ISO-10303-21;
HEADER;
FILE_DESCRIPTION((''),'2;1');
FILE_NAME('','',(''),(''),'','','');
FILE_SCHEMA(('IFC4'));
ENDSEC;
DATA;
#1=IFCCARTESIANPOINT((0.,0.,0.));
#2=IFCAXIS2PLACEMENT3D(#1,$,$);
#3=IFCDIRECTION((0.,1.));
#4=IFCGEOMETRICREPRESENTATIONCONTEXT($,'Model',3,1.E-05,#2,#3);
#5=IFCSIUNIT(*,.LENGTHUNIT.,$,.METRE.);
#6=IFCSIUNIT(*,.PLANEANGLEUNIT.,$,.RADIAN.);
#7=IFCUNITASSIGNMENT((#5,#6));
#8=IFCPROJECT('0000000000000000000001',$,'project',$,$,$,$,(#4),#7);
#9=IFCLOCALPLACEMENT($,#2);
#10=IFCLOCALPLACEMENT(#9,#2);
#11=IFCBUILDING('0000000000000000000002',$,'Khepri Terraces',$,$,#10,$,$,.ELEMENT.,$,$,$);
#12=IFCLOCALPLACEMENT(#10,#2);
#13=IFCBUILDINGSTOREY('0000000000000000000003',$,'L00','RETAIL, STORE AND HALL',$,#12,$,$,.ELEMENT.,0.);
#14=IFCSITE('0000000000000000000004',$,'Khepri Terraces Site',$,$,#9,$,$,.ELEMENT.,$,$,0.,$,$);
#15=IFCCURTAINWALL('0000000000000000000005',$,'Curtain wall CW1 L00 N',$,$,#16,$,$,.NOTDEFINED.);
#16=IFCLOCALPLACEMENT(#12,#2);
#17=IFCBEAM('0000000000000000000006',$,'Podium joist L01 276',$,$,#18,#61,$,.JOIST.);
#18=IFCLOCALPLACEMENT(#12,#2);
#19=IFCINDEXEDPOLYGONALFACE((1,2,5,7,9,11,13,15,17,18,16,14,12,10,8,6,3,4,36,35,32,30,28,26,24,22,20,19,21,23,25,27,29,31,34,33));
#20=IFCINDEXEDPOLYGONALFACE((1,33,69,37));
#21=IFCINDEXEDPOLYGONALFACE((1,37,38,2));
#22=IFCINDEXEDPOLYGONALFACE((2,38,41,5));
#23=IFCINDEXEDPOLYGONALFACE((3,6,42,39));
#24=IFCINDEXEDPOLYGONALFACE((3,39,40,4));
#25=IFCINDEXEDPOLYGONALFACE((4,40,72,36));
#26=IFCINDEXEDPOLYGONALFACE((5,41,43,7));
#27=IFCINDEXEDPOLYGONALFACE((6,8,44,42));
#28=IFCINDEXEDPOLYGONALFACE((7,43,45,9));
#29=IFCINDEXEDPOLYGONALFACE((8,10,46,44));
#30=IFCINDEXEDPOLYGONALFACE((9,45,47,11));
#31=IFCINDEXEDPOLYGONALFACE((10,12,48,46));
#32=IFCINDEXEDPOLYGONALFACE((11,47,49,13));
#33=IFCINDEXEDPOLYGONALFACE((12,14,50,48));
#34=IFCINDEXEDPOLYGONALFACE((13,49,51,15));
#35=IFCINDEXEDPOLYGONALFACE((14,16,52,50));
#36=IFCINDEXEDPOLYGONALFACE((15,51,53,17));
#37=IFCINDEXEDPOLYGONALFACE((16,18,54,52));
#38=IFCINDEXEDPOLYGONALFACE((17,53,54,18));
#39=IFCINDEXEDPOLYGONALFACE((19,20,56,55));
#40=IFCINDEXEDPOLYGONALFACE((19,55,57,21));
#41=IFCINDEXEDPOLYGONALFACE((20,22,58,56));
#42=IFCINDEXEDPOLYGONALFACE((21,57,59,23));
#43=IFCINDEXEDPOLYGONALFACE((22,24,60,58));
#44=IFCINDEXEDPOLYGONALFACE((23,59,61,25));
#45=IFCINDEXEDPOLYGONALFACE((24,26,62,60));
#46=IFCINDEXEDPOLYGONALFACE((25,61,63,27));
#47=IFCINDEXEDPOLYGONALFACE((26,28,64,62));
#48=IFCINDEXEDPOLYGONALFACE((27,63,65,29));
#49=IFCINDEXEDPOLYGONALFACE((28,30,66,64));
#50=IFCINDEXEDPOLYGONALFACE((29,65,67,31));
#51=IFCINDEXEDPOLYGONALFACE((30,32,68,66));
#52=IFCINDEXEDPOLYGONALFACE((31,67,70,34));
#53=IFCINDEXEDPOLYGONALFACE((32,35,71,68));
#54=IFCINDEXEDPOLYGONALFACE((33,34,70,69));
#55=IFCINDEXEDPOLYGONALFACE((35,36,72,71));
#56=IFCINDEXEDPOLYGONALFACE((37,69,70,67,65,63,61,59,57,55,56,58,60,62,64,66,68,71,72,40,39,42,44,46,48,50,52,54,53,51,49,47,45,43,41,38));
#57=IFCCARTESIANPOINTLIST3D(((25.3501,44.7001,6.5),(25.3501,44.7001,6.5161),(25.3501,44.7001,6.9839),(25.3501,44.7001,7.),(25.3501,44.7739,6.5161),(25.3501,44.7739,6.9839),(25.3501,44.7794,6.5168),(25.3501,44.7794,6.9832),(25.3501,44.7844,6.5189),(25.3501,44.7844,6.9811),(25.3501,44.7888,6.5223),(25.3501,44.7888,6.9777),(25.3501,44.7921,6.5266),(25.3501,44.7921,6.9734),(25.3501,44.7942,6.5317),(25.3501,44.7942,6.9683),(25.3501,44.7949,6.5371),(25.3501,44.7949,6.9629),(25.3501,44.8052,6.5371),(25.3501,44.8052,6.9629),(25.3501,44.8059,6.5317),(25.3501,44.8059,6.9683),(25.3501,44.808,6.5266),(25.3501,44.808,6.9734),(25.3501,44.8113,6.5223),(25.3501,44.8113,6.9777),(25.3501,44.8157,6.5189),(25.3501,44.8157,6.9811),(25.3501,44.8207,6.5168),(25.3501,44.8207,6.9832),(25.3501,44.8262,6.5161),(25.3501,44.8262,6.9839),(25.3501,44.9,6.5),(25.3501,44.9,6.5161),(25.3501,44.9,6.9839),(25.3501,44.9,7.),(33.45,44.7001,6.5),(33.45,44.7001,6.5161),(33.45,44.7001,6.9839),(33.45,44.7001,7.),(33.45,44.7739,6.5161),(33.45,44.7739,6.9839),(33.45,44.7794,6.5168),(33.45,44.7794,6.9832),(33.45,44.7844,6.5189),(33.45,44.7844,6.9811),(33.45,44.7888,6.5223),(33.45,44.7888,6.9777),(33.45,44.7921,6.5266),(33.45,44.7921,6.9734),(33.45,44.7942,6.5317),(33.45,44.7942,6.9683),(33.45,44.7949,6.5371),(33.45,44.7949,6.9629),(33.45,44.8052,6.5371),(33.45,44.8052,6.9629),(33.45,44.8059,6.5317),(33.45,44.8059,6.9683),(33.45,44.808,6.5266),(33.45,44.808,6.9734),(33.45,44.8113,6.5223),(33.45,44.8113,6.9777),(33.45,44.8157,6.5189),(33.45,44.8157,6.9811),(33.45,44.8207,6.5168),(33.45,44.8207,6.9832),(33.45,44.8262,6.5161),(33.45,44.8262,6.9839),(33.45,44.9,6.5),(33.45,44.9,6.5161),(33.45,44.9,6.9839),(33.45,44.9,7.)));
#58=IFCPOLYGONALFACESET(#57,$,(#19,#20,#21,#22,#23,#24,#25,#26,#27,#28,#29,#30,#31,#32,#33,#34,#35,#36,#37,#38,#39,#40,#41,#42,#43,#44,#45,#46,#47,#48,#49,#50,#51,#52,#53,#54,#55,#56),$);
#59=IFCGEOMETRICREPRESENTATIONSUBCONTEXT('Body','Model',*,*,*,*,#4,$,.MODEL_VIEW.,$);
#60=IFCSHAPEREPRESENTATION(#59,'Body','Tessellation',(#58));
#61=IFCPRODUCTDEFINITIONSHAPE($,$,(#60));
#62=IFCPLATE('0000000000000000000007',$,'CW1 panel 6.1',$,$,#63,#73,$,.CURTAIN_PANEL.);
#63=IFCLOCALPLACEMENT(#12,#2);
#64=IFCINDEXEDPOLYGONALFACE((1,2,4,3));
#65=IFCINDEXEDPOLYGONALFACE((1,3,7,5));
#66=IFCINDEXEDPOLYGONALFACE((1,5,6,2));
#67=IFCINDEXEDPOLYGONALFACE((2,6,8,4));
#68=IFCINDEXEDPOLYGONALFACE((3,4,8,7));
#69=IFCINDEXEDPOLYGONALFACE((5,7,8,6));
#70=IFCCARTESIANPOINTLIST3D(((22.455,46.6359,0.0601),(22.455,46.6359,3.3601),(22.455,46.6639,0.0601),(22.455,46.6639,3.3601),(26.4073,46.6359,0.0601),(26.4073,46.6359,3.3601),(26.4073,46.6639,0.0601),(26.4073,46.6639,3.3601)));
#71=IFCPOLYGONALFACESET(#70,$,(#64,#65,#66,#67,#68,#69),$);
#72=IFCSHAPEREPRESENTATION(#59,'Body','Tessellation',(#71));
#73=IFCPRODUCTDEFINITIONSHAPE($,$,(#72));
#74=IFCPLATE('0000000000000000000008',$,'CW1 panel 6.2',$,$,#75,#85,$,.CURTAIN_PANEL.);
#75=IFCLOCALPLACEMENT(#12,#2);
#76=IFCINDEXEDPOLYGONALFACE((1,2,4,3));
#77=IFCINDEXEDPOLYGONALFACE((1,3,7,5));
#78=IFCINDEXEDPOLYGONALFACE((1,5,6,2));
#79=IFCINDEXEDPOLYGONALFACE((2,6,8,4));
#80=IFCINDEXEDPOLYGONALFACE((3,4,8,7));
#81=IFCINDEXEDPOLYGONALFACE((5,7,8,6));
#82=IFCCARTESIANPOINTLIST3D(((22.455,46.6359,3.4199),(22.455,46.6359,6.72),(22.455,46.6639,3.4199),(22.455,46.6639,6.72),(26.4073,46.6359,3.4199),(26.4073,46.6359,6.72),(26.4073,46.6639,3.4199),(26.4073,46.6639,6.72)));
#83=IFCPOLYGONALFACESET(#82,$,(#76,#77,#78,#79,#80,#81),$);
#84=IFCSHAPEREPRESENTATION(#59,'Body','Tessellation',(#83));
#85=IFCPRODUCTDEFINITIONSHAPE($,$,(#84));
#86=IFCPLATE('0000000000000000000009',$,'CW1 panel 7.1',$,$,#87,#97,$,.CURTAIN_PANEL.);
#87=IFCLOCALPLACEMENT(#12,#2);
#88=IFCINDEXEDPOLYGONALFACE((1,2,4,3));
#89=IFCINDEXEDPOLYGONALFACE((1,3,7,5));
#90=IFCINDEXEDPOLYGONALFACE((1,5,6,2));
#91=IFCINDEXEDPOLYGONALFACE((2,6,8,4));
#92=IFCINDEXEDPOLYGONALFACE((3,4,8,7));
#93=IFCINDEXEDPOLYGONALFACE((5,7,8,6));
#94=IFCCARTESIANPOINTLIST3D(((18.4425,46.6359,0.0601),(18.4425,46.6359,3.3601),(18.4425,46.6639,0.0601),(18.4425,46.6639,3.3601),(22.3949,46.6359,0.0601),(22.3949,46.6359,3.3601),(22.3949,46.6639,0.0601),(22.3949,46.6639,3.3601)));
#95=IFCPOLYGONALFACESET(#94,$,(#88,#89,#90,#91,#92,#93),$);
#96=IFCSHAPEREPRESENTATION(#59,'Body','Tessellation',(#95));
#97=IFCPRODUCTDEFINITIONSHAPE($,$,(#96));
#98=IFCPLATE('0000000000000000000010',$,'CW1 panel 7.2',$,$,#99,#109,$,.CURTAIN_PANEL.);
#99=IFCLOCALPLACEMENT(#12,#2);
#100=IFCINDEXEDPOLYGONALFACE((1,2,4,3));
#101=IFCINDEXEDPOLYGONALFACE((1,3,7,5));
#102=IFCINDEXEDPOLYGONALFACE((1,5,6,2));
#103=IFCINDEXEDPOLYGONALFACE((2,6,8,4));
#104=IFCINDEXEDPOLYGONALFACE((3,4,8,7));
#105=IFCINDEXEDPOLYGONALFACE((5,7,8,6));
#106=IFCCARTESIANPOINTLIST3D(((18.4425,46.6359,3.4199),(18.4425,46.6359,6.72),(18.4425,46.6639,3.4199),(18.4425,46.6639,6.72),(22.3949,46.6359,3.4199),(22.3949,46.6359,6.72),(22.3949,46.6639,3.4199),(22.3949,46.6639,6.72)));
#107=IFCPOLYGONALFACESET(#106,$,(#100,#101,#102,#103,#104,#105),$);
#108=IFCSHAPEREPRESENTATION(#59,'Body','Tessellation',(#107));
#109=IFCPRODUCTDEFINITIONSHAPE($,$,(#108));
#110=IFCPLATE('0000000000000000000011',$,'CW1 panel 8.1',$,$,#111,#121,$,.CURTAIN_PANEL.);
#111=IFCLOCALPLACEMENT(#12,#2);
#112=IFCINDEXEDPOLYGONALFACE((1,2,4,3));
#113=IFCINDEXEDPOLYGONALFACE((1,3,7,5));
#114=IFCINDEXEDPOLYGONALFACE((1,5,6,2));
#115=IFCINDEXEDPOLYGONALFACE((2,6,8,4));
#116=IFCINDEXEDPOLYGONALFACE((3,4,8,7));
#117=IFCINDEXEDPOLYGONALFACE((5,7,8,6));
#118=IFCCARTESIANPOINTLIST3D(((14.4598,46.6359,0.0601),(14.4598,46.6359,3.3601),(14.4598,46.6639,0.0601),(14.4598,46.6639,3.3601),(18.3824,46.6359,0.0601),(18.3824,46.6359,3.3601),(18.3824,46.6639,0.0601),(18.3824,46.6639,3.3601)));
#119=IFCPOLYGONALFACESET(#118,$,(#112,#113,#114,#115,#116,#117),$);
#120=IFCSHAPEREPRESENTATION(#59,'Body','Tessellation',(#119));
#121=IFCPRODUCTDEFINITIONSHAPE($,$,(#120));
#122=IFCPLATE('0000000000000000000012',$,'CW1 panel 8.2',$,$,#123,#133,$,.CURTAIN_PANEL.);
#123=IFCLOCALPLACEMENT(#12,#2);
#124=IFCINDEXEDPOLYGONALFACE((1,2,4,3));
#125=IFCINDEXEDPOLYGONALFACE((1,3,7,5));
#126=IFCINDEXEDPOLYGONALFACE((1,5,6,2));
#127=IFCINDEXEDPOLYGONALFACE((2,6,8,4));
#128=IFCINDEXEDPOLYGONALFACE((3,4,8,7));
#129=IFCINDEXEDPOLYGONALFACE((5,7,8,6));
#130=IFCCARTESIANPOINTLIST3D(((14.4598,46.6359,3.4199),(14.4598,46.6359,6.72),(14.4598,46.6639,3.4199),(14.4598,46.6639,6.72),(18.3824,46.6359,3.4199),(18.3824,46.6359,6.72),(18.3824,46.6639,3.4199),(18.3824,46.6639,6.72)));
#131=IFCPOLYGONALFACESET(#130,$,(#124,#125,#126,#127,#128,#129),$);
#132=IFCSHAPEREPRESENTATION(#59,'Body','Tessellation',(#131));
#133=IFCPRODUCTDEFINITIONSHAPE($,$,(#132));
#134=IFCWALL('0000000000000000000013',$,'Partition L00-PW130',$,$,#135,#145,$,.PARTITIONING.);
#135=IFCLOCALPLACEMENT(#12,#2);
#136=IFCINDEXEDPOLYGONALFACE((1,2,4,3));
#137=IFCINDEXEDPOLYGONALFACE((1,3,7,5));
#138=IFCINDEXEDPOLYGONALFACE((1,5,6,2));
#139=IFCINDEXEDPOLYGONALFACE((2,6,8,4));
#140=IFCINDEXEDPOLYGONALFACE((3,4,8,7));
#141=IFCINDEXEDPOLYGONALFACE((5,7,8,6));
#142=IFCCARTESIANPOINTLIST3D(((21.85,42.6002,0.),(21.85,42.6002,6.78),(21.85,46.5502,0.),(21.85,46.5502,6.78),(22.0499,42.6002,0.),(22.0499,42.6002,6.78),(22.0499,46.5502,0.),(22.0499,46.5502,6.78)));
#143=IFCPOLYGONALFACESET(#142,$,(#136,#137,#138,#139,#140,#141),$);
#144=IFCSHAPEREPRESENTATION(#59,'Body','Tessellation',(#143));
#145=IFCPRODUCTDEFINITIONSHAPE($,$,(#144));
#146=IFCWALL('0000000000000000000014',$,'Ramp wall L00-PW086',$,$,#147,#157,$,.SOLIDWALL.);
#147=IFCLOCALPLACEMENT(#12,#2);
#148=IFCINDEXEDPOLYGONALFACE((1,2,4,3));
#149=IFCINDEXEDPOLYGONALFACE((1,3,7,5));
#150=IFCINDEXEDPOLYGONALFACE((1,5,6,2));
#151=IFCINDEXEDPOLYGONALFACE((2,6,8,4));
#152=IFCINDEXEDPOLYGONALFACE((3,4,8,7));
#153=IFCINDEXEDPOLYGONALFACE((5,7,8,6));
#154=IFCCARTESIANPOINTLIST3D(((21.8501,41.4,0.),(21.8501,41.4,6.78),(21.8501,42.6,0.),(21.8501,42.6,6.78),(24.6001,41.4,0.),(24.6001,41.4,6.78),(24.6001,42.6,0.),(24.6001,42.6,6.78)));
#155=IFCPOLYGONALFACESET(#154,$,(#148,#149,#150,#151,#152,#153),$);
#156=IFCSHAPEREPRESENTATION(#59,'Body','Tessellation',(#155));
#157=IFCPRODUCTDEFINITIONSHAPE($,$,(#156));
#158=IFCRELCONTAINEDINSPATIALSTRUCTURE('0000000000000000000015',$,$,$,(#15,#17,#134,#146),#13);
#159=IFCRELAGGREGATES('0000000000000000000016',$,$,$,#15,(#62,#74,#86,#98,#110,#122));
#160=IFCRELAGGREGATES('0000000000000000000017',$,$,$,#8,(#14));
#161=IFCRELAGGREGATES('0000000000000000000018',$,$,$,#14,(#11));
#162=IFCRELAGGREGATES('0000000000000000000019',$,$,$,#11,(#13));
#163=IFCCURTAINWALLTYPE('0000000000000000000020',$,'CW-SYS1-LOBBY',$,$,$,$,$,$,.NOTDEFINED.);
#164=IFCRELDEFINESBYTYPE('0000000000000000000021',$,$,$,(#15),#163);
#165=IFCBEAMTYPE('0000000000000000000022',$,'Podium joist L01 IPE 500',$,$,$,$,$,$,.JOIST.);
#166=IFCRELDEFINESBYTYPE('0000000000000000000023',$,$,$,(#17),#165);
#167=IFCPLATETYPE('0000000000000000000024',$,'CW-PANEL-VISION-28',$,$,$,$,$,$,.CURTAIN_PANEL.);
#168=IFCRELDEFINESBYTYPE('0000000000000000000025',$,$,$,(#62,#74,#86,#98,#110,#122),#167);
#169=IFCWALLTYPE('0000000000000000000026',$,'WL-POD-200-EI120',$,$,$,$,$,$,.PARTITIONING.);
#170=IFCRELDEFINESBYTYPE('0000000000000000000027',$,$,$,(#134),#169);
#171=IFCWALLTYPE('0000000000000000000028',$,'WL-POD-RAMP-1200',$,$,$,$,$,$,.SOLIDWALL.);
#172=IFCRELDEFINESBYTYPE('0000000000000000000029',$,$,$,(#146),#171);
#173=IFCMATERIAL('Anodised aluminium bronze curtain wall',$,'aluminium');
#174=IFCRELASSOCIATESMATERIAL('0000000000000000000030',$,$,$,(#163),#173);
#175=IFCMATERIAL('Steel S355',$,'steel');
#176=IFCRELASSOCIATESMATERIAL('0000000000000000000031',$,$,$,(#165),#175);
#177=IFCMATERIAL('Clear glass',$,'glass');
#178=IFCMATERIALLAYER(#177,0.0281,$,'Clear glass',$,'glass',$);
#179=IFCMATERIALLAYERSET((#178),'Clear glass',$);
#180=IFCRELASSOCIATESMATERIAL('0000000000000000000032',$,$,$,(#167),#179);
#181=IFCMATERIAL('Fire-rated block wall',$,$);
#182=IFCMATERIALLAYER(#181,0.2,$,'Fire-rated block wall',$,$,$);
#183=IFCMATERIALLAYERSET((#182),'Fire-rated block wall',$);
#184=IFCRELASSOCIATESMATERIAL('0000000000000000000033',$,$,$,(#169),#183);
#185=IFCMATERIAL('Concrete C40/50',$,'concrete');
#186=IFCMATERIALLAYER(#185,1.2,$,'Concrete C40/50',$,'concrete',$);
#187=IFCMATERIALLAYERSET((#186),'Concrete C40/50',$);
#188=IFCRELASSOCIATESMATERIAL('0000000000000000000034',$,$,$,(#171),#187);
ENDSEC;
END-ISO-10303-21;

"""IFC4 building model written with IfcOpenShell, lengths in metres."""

from ifc_helpers import new_model, si_unit, direction, frame, frame_2d, origin, origin_2d, place, context, subcontext, project, spatial, rectangle, i_section, extrude, material, layer, layer_set, material_profile, profile_set, type_object, element, aggregate, save


model = new_model("IFC4")

# Units and contexts
model_context = context("Model", 3, precision=1e-05, world=origin(), true_north=direction((0.0, 1.0)))
body_context = subcontext(model_context, "Body", "Model", "MODEL_VIEW")
ifc_project = project(units=[si_unit("LENGTHUNIT", "METRE"), si_unit("PLANEANGLEUNIT", "RADIAN")], contexts=[model_context])

# Site, building, storey
site_placement = place(None, origin())
site = spatial("IfcSite", under=ifc_project, at=site_placement, Name="Khepri Terraces Site", CompositionType="ELEMENT", RefElevation=0.0)
building_placement = place(site_placement, origin())
building = spatial("IfcBuilding", under=site, at=building_placement, Name="Khepri Terraces", CompositionType="ELEMENT")
storey_placement = place(building_placement, origin())
storey = spatial("IfcBuildingStorey", under=building, at=storey_placement, Name="L00", Description="RETAIL, STORE AND HALL", CompositionType="ELEMENT", Elevation=0.0)

# Curtain wall
ifc_material_1 = material(Name="Anodised aluminium bronze curtain wall", Category="aluminium")
curtain_wall_type = type_object("IfcCurtainWallType", Name="CW-SYS1-LOBBY", PredefinedType="NOTDEFINED", material=ifc_material_1)
curtain_wall_placement = place(storey_placement, origin())
curtain_wall = element("IfcCurtainWall", 1, at=curtain_wall_placement, inside=storey, type_object=curtain_wall_type, Name="Curtain wall CW1 L00 N", PredefinedType="NOTDEFINED")

# Beam
ifc_material_2 = material(Name="Steel S355", Category="steel")
ifc_material_profile_1 = material_profile(ifc_material_2, i_section(OverallWidth=0.2, OverallDepth=0.5, WebThickness=0.0103, FlangeThickness=0.0161, FilletRadius=0.021, at=origin_2d()), Name="Steel S355", Category="steel")
ifc_profile_set_1 = profile_set([ifc_material_profile_1], Name="Steel S355")
beam_type_1 = type_object("IfcBeamType", Name="Podium joist L01 IPE 500", PredefinedType="JOIST", material=ifc_profile_set_1)
beam_1_placement = place(storey_placement, frame((25.3501, 44.8, 6.75), z_axis=(1.0, 0.0, 0.0), x_axis=(0.0, 1.0, 0.0)))
element("IfcBeam", 2, at=beam_1_placement, inside=storey, type_object=beam_type_1, Name="Podium joist L01 276", PredefinedType="JOIST", context=body_context, shape_type="SweptSolid", body=[
    extrude(i_section(OverallWidth=0.2, OverallDepth=0.5, WebThickness=0.0103, FlangeThickness=0.0161, FilletRadius=0.021, at=origin_2d()), origin(), (0.0, 0.0, 1.0), 8.0999),
])

# Plates
ifc_material_3 = material(Name="Clear glass", Category="glass")
ifc_layer_1 = layer(ifc_material_3, 0.0281, Name="Clear glass", Category="glass")
ifc_layer_set_1 = layer_set([ifc_layer_1], Name="Clear glass")
plate_type = type_object("IfcPlateType", Name="CW-PANEL-VISION-28", PredefinedType="CURTAIN_PANEL", material=ifc_layer_set_1)
plate_1_placement = place(storey_placement, frame((24.4312, 46.6499, 0.0601), z_axis=(0.0, 0.0, 1.0), x_axis=(-1.0, 0.0, 0.0)))
plate_1 = element("IfcPlate", 3, at=plate_1_placement, type_object=plate_type, Name="CW1 panel 6.1", PredefinedType="CURTAIN_PANEL", context=body_context, shape_type="SweptSolid", body=[
    extrude(rectangle(XDim=3.9524, YDim=0.0281, at=origin_2d()), origin(), (0.0, 0.0, 1.0), 3.3),
])
plate_2_placement = place(storey_placement, frame((24.4312, 46.6499, 3.4199), z_axis=(0.0, 0.0, 1.0), x_axis=(-1.0, 0.0, 0.0)))
plate_2 = element("IfcPlate", 4, at=plate_2_placement, type_object=plate_type, Name="CW1 panel 6.2", PredefinedType="CURTAIN_PANEL", context=body_context, shape_type="SweptSolid", body=[
    extrude(rectangle(XDim=3.9524, YDim=0.0281, at=origin_2d()), origin(), (0.0, 0.0, 1.0), 3.3),
])
plate_3_placement = place(storey_placement, frame((20.4187, 46.6499, 0.0601), z_axis=(0.0, 0.0, 1.0), x_axis=(-1.0, 0.0, 0.0)))
plate_3 = element("IfcPlate", 5, at=plate_3_placement, type_object=plate_type, Name="CW1 panel 7.1", PredefinedType="CURTAIN_PANEL", context=body_context, shape_type="SweptSolid", body=[
    extrude(rectangle(XDim=3.9524, YDim=0.0281, at=origin_2d()), origin(), (0.0, 0.0, 1.0), 3.3),
])
plate_4_placement = place(storey_placement, frame((20.4187, 46.6499, 3.4199), z_axis=(0.0, 0.0, 1.0), x_axis=(-1.0, 0.0, 0.0)))
plate_4 = element("IfcPlate", 6, at=plate_4_placement, type_object=plate_type, Name="CW1 panel 7.2", PredefinedType="CURTAIN_PANEL", context=body_context, shape_type="SweptSolid", body=[
    extrude(rectangle(XDim=3.9524, YDim=0.0281, at=origin_2d()), origin(), (0.0, 0.0, 1.0), 3.3),
])
plate_5_placement = place(storey_placement, frame((16.4211, 46.6499, 0.0601), z_axis=(0.0, 0.0, 1.0), x_axis=(-1.0, 0.0, 0.0)))
plate_5 = element("IfcPlate", 7, at=plate_5_placement, type_object=plate_type, Name="CW1 panel 8.1", PredefinedType="CURTAIN_PANEL", context=body_context, shape_type="SweptSolid", body=[
    extrude(rectangle(XDim=3.9226, YDim=0.0281, at=origin_2d()), origin(), (0.0, 0.0, 1.0), 3.3),
])
plate_6_placement = place(storey_placement, frame((16.4211, 46.6499, 3.4199), z_axis=(0.0, 0.0, 1.0), x_axis=(-1.0, 0.0, 0.0)))
plate_6 = element("IfcPlate", 8, at=plate_6_placement, type_object=plate_type, Name="CW1 panel 8.2", PredefinedType="CURTAIN_PANEL", context=body_context, shape_type="SweptSolid", body=[
    extrude(rectangle(XDim=3.9226, YDim=0.0281, at=origin_2d()), origin(), (0.0, 0.0, 1.0), 3.3),
])
aggregate(curtain_wall, [plate_1, plate_2, plate_3, plate_4, plate_5, plate_6])

# Walls
ifc_material_4 = material(Name="Fire-rated block wall")
ifc_layer_2 = layer(ifc_material_4, 0.2, Name="Fire-rated block wall")
ifc_layer_set_2 = layer_set([ifc_layer_2], Name="Fire-rated block wall")
wall_type_1 = type_object("IfcWallType", Name="WL-POD-200-EI120", PredefinedType="PARTITIONING", material=ifc_layer_set_2)
wall_1_placement = place(storey_placement, frame((21.95, 42.6001, 0.0), z_axis=(0.0, 0.0, 1.0), x_axis=(0.0, 1.0, 0.0)))
element("IfcWall", 9, at=wall_1_placement, inside=storey, type_object=wall_type_1, Name="Partition L00-PW130", PredefinedType="PARTITIONING", context=body_context, shape_type="SweptSolid", body=[
    extrude(rectangle(XDim=3.95, YDim=0.2, at=frame_2d((1.9751, 0.0))), origin(), (0.0, 0.0, 1.0), 6.78),
])
ifc_material_5 = material(Name="Concrete C40/50", Category="concrete")
ifc_layer_3 = layer(ifc_material_5, 1.2, Name="Concrete C40/50", Category="concrete")
ifc_layer_set_3 = layer_set([ifc_layer_3], Name="Concrete C40/50")
wall_type_2 = type_object("IfcWallType", Name="WL-POD-RAMP-1200", PredefinedType="SOLIDWALL", material=ifc_layer_set_3)
wall_2_placement = place(storey_placement, frame((21.8501, 42.0, 0.0), z_axis=(0.0, 0.0, 1.0), x_axis=(1.0, 0.0, 0.0)))
element("IfcWall", 10, at=wall_2_placement, inside=storey, type_object=wall_type_2, Name="Ramp wall L00-PW086", PredefinedType="SOLIDWALL", context=body_context, shape_type="SweptSolid", body=[
    extrude(rectangle(XDim=2.75, YDim=1.2, at=frame_2d((1.375, 0.0))), origin(), (0.0, 0.0, 1.0), 6.78),
])

save(model, "model.ifc")
